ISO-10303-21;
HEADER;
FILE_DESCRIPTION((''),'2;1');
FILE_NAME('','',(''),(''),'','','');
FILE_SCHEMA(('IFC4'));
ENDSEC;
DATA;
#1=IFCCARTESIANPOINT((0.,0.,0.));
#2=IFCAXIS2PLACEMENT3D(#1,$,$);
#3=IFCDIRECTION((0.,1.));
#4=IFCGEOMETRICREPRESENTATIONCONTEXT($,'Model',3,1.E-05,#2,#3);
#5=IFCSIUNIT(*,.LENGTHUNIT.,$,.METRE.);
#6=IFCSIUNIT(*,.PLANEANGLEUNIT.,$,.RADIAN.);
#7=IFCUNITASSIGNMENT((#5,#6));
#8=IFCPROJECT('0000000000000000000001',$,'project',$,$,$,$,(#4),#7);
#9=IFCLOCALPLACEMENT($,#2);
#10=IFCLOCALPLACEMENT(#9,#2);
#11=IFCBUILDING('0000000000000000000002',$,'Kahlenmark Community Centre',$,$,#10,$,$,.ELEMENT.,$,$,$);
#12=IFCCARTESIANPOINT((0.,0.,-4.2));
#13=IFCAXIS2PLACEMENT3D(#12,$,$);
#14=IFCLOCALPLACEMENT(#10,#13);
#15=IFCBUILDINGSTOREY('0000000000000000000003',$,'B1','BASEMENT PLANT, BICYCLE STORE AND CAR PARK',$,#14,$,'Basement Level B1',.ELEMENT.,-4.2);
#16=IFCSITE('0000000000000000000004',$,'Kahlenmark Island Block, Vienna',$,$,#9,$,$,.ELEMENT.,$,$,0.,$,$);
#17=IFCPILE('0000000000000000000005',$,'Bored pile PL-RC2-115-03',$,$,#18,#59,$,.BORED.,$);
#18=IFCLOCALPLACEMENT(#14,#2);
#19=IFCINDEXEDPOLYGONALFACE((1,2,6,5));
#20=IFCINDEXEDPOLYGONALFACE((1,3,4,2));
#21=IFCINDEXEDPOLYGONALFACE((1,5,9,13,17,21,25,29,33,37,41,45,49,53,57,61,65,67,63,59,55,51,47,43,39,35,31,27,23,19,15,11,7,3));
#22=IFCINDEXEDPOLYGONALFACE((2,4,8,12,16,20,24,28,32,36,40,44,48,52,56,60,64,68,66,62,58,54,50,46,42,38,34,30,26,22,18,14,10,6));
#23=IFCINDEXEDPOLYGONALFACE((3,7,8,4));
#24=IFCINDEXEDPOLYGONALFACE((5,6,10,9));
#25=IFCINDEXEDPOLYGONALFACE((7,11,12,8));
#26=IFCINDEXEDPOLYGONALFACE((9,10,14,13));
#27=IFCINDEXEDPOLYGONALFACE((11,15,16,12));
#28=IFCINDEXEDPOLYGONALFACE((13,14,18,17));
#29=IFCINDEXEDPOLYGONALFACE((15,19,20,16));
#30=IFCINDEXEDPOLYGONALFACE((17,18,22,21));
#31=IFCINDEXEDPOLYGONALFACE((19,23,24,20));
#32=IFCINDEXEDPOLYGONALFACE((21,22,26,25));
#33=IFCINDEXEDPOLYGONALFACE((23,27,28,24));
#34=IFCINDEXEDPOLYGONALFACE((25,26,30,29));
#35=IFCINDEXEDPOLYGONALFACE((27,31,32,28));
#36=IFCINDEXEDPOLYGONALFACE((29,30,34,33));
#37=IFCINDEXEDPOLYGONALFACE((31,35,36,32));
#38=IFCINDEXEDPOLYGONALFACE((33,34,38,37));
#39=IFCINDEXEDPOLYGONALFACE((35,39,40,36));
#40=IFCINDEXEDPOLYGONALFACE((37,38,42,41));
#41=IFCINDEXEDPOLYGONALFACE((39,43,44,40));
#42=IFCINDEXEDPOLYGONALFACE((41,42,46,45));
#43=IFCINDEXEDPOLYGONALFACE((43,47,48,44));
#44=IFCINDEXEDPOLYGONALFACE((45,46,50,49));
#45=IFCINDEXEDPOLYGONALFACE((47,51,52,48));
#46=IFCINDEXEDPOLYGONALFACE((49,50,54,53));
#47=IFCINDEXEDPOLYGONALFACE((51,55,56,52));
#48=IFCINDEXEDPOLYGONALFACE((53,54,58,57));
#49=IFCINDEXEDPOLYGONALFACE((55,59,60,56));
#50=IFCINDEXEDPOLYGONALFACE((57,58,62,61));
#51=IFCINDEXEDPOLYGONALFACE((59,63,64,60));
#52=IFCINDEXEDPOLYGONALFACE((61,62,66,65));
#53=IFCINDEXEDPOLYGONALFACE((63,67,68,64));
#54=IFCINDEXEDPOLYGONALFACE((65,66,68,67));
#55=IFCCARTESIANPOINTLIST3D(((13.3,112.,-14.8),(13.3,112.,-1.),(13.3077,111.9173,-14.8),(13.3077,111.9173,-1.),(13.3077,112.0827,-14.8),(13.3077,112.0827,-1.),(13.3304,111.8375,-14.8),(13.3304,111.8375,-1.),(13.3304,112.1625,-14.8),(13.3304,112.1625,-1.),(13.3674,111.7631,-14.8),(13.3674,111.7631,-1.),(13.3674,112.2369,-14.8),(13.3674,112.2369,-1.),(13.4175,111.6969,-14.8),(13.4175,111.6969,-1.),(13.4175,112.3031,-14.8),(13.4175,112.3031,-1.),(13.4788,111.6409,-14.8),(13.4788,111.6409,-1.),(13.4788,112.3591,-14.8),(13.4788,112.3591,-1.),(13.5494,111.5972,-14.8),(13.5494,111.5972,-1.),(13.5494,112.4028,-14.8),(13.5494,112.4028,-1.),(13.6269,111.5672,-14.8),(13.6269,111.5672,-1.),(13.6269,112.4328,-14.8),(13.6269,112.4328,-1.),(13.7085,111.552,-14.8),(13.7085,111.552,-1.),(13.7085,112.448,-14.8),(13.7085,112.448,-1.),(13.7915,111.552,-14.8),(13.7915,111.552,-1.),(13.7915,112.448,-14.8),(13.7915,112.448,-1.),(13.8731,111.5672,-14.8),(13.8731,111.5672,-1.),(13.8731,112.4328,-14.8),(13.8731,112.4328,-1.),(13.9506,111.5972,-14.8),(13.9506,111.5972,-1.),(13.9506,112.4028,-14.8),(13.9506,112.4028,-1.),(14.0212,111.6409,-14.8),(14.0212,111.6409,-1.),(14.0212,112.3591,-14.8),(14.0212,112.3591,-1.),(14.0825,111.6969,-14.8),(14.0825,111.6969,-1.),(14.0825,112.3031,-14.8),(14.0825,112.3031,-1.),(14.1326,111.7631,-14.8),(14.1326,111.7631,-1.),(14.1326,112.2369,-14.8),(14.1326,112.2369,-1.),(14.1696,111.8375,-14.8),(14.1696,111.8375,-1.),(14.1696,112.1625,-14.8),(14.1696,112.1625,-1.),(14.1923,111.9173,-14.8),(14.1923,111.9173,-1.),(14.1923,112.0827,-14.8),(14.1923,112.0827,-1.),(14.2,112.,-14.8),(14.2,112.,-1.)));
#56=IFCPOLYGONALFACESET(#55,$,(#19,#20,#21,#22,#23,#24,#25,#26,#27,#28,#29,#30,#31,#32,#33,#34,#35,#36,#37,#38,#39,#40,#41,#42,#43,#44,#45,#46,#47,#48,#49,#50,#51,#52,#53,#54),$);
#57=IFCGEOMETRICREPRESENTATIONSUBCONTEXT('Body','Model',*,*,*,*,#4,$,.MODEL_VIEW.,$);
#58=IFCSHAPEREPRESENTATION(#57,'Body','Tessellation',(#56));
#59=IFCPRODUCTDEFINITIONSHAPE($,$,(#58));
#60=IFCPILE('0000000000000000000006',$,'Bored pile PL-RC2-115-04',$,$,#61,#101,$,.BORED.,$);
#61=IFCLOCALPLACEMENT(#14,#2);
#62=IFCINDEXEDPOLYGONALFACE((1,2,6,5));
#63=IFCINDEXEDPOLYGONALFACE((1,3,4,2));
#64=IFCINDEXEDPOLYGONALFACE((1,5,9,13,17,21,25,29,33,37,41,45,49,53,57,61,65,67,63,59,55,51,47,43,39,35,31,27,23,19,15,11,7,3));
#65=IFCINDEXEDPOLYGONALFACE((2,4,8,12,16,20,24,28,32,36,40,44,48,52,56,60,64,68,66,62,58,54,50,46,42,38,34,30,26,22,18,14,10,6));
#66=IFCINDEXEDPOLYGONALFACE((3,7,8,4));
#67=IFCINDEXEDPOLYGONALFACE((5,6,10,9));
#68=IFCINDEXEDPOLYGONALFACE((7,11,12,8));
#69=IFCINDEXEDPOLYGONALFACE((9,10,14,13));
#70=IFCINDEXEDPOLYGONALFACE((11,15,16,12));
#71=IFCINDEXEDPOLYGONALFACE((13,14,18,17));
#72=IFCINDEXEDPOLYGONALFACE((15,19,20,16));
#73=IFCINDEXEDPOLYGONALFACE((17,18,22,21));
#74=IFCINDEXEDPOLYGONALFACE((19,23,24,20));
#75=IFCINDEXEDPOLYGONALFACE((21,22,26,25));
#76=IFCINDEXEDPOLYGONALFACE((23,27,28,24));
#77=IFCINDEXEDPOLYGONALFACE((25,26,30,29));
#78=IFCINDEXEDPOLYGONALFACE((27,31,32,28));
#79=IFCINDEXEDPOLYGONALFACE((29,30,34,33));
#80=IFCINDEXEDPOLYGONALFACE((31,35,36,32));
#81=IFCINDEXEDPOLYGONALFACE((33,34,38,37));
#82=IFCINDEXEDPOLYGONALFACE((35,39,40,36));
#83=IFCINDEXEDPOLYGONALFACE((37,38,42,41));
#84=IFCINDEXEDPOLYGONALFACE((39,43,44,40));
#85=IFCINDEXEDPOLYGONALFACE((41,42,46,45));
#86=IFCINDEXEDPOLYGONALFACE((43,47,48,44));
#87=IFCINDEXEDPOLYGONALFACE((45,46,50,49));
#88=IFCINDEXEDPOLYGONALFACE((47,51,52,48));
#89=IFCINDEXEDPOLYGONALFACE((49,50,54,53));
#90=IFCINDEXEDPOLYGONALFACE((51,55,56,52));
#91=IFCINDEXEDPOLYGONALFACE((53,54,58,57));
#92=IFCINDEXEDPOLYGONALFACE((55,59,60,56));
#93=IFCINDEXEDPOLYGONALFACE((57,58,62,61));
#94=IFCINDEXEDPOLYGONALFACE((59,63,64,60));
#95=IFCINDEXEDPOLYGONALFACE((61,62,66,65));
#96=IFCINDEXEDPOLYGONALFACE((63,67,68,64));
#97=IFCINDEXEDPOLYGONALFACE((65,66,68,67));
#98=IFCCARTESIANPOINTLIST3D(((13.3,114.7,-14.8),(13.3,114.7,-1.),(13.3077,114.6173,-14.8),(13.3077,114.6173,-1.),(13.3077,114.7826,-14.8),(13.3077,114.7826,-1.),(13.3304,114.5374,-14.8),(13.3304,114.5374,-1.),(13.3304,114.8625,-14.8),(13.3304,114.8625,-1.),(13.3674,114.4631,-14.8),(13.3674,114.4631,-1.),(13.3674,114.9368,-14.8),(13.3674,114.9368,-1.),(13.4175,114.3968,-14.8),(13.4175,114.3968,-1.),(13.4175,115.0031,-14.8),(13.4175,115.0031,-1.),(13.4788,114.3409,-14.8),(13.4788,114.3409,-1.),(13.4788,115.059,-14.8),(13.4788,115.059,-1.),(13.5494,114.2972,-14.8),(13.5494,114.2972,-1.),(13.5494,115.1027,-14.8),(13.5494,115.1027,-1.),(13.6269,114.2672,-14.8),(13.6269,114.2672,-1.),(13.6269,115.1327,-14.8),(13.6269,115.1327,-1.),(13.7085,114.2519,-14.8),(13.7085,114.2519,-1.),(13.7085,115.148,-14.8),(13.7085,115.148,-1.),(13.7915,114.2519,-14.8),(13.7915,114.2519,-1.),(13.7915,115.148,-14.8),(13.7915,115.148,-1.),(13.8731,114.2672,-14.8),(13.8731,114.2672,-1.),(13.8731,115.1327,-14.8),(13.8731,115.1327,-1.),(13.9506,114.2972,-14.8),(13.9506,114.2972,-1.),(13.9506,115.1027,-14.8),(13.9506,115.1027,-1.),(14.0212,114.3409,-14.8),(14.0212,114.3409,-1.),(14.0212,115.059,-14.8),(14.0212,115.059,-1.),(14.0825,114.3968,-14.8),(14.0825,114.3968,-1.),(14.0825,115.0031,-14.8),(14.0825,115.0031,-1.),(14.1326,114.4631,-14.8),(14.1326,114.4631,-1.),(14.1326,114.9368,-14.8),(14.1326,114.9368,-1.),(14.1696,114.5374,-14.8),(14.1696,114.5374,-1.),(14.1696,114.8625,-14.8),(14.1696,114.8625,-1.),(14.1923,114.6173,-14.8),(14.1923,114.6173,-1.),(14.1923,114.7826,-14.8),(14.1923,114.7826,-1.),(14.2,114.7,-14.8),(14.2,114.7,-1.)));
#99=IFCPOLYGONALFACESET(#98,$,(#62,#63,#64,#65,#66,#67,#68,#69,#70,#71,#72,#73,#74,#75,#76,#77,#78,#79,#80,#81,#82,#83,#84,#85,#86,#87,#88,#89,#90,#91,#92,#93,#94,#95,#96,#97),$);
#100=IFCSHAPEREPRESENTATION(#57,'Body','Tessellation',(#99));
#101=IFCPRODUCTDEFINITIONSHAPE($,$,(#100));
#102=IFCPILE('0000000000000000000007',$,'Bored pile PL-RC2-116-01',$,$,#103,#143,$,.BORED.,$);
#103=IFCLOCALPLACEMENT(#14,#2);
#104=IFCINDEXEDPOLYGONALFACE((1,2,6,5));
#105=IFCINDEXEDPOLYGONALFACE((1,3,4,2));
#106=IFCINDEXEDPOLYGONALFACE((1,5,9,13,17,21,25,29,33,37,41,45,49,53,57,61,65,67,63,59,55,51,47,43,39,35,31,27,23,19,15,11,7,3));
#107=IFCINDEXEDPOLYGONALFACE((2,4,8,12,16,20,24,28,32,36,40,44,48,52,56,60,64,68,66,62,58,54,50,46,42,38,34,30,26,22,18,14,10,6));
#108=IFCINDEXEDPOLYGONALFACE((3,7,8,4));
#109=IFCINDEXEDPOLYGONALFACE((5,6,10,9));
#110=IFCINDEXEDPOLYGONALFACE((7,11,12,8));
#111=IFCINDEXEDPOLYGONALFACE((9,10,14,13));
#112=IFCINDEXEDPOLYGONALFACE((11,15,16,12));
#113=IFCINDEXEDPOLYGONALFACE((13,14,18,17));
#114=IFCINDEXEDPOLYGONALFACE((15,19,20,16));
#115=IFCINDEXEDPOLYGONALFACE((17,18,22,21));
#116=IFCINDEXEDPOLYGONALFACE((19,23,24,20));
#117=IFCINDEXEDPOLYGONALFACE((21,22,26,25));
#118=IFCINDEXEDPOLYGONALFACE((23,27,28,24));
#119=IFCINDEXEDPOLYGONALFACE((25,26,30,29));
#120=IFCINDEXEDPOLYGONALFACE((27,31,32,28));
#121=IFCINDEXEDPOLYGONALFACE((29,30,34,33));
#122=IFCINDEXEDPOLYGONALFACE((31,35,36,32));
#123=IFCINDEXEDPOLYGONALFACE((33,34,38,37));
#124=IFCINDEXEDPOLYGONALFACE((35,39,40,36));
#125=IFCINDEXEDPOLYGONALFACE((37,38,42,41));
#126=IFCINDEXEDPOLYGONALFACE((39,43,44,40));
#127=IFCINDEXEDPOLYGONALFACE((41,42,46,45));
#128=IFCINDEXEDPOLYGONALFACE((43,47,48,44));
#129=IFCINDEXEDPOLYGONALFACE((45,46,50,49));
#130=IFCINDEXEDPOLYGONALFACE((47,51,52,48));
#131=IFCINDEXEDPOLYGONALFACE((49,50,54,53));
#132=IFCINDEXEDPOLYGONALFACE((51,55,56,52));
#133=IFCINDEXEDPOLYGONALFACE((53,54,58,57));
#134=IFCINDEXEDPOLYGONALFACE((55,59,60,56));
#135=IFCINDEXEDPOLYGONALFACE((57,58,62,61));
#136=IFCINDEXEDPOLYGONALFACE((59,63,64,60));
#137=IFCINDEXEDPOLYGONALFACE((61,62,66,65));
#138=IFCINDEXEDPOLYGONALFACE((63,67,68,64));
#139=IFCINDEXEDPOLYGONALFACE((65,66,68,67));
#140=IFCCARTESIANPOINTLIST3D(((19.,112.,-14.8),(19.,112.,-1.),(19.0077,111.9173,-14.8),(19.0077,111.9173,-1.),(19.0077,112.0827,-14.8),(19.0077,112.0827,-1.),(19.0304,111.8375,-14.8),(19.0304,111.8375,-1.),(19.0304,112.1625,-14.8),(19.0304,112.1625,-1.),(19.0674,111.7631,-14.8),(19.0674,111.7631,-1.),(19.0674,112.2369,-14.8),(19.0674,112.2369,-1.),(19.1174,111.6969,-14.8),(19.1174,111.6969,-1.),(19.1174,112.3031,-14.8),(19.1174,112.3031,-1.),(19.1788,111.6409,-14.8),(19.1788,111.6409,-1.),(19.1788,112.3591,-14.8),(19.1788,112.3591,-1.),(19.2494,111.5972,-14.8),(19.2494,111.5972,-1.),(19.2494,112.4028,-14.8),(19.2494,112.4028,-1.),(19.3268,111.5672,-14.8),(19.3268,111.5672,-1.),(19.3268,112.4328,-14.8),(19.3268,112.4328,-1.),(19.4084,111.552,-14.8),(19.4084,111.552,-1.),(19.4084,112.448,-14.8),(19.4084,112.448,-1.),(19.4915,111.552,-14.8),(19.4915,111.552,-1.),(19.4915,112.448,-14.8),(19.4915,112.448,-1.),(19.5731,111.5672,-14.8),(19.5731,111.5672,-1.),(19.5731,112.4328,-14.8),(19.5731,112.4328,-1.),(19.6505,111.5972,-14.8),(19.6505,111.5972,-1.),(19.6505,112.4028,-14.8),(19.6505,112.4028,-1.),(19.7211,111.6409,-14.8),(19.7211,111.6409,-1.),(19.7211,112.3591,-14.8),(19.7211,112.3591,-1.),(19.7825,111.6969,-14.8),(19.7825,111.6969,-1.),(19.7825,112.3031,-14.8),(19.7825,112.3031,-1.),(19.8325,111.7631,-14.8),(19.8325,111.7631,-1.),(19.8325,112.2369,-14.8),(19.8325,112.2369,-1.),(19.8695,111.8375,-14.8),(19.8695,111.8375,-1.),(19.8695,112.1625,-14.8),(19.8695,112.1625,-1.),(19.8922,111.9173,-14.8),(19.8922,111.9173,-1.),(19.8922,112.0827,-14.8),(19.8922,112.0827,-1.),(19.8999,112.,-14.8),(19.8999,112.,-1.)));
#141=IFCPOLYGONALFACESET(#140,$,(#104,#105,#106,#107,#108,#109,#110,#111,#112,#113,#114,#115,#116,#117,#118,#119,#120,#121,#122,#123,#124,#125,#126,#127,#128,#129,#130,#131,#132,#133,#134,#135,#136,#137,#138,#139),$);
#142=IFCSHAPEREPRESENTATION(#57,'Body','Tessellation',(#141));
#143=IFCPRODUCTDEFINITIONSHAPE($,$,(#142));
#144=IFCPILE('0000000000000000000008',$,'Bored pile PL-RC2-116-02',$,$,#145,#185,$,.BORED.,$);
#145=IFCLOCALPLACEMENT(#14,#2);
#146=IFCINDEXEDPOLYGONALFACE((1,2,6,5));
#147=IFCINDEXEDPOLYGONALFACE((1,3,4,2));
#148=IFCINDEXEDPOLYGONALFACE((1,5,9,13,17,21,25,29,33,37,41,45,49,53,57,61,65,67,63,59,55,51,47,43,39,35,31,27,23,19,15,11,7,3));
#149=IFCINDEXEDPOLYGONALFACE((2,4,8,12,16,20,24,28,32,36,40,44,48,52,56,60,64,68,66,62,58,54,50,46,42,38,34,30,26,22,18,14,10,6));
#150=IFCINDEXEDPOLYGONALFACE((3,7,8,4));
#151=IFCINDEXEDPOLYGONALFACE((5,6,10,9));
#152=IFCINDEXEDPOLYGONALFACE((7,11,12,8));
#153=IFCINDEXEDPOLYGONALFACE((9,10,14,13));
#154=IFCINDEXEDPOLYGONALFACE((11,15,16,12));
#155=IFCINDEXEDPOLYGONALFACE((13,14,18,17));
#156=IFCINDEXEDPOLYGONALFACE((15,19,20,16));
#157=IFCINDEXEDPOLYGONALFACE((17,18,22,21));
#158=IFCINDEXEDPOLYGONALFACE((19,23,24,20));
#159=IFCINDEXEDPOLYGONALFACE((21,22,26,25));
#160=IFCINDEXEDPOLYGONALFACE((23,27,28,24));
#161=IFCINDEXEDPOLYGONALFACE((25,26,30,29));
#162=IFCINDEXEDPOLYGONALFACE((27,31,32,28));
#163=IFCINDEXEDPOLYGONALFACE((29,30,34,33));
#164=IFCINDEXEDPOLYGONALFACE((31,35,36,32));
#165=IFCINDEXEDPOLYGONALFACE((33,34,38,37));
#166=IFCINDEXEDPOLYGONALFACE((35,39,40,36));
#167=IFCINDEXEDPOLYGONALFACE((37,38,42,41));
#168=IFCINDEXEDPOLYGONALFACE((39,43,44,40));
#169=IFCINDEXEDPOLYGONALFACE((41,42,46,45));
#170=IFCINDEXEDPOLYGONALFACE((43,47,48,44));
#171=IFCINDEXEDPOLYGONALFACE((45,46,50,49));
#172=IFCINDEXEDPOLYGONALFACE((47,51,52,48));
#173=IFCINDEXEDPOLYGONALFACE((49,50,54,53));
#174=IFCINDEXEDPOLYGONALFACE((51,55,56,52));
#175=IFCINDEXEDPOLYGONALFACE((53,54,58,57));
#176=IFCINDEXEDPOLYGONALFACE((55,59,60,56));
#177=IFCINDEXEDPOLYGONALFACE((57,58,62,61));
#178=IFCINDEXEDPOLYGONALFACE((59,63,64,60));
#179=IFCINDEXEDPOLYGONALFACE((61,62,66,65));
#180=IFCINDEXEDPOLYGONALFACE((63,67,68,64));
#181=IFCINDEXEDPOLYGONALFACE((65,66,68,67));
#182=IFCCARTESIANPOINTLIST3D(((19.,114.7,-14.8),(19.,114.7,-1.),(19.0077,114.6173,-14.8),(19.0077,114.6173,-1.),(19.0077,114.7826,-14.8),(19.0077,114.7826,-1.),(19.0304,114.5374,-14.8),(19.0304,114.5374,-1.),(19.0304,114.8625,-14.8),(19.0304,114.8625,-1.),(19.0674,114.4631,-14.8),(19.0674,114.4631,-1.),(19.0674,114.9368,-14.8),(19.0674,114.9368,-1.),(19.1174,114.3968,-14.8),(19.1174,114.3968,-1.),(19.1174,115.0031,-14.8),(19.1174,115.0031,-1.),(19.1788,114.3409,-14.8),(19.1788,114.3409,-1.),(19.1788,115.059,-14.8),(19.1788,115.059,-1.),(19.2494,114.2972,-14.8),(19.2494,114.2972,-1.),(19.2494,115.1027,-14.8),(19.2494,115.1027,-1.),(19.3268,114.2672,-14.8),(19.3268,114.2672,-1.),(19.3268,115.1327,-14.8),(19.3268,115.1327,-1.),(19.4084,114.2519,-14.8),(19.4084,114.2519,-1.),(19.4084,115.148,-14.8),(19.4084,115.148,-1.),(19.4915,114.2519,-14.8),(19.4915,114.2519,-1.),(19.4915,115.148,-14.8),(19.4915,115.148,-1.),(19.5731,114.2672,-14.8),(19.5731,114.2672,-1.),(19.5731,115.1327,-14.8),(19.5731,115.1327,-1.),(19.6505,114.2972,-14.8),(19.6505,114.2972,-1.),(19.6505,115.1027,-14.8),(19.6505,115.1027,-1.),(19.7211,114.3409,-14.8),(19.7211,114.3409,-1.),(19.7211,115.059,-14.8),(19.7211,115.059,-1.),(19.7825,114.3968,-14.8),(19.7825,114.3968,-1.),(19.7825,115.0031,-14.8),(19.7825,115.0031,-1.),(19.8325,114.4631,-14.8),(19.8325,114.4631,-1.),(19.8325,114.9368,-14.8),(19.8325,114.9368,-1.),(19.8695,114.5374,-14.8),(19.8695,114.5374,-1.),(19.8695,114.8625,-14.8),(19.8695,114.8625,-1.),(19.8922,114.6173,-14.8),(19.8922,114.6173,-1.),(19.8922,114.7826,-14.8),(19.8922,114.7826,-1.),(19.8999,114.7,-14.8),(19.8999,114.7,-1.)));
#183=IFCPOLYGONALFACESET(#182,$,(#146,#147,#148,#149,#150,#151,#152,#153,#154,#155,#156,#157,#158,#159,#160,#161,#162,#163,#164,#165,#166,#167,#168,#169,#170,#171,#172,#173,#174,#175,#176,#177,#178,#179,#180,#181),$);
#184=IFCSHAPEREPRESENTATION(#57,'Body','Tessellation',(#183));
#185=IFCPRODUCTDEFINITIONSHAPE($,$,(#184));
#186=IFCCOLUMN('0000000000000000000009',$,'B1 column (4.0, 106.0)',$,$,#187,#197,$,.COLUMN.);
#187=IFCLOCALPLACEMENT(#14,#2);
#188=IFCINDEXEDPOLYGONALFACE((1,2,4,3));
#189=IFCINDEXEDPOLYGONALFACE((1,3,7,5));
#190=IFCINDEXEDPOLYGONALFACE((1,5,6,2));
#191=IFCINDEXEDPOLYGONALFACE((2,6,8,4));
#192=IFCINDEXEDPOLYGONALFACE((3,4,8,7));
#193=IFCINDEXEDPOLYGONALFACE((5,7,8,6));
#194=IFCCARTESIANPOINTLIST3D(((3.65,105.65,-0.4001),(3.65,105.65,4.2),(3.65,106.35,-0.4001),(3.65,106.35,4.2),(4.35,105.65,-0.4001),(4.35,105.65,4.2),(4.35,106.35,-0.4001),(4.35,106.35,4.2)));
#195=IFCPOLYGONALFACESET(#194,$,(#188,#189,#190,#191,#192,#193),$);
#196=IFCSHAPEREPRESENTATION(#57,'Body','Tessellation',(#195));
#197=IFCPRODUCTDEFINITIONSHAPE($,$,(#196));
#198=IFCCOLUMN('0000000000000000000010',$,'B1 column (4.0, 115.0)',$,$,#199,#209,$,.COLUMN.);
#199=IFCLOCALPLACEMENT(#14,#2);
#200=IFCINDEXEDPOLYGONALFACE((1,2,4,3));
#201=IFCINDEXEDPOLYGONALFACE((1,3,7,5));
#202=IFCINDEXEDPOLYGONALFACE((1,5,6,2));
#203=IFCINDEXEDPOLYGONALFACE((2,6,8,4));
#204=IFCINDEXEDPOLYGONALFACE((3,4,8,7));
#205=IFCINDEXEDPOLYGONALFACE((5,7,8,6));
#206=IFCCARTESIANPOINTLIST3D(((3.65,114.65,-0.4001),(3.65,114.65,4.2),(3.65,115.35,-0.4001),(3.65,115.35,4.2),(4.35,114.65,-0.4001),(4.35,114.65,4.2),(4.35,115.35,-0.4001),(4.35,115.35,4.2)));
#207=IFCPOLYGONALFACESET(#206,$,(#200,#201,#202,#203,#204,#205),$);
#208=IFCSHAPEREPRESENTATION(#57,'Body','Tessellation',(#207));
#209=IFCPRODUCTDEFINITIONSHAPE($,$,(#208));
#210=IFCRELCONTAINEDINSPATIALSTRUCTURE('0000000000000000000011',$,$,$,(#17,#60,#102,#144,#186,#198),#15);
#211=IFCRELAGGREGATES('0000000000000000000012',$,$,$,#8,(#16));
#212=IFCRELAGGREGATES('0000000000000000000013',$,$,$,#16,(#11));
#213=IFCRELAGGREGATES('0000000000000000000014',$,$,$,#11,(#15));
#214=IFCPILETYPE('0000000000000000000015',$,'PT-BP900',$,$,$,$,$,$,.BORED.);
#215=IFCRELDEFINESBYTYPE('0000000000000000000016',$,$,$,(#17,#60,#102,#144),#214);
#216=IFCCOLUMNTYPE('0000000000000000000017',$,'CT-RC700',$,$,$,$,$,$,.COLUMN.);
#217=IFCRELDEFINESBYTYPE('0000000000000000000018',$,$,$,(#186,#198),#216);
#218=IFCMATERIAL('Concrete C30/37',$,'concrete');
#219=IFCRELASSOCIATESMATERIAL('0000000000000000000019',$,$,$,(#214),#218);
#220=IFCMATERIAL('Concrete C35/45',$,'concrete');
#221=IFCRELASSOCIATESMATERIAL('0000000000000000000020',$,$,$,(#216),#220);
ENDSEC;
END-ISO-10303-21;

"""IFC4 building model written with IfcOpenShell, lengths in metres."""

from ifc_helpers import new_model, si_unit, direction, frame, origin, origin_2d, place, context, subcontext, project, spatial, rectangle, circle, extrude, material, material_profile, profile_set, type_object, element, save


model = new_model("IFC4")

# Units and contexts
model_context = context("Model", 3, precision=1e-05, world=origin(), true_north=direction((0.0, 1.0)))
body_context = subcontext(model_context, "Body", "Model", "MODEL_VIEW")
ifc_project = project(units=[si_unit("LENGTHUNIT", "METRE"), si_unit("PLANEANGLEUNIT", "RADIAN")], contexts=[model_context])

# Site, building, storey
site_placement = place(None, origin())
site = spatial("IfcSite", under=ifc_project, at=site_placement, Name="Kahlenmark Island Block, Vienna", CompositionType="ELEMENT", RefElevation=0.0)
building_placement = place(site_placement, origin())
building = spatial("IfcBuilding", under=site, at=building_placement, Name="Kahlenmark Community Centre", CompositionType="ELEMENT")
storey_placement = place(building_placement, frame((0.0, 0.0, -4.2)))
storey = spatial("IfcBuildingStorey", under=building, at=storey_placement, Name="B1", Description="BASEMENT PLANT, BICYCLE STORE AND CAR PARK", LongName="Basement Level B1", CompositionType="ELEMENT", Elevation=-4.2)

# Shared definitions
ifc_material_1 = material(Name="Concrete C30/37", Category="concrete")

# Piles
ifc_material_profile_1 = material_profile(ifc_material_1, circle(Radius=0.45, at=origin_2d()), Name="BORED PILE 900")
ifc_profile_set_1 = profile_set([ifc_material_profile_1], Name="Concrete C30/37")
pile_type_1 = type_object("IfcPileType", Name="PT-BP900", PredefinedType="BORED", material=ifc_profile_set_1)
for number, where, z_axis, x_axis, name in (
    (1, (13.75, 112.0, -1.0), (0.0, 0.0, -1.0), (1.0, 0.0, 0.0), "Bored pile PL-RC2-115-03"),
    (2, (13.75, 114.7, -1.0), (0.0, 0.0, -1.0), (1.0, 0.0, 0.0), "Bored pile PL-RC2-115-04"),
    (3, (19.45, 112.0, -1.0), (0.0, 0.0, -1.0), (1.0, 0.0, 0.0), "Bored pile PL-RC2-116-01"),
    (4, (19.45, 114.7, -1.0), (0.0, 0.0, -1.0), (1.0, 0.0, 0.0), "Bored pile PL-RC2-116-02"),
):
    element("IfcPile", number, at=place(storey_placement, frame(where, z_axis=z_axis, x_axis=x_axis)), inside=storey, type_object=pile_type_1, Name=name, PredefinedType="BORED", context=body_context, shape_type="SweptSolid", body=[
        extrude(circle(Radius=0.45, at=origin_2d()), origin(), (0.0, 0.0, 1.0), 13.8),
    ])

# Columns
ifc_material_2 = material(Name="Concrete C35/45", Category="concrete")
ifc_material_profile_2 = material_profile(ifc_material_2, rectangle(XDim=0.7, YDim=0.7, at=origin_2d()), Name="RC 700x700")
ifc_profile_set_2 = profile_set([ifc_material_profile_2], Name="Concrete C35/45")
column_type = type_object("IfcColumnType", Name="CT-RC700", PredefinedType="COLUMN", material=ifc_profile_set_2)
for number, where, z_axis, x_axis, name in (
    (5, (4.0, 106.0, -0.4001), (0.0, 0.0, 1.0), (1.0, 0.0, 0.0), "B1 column (4.0, 106.0)"),
    (6, (4.0, 115.0, -0.4001), (0.0, 0.0, 1.0), (1.0, 0.0, 0.0), "B1 column (4.0, 115.0)"),
):
    element("IfcColumn", number, at=place(storey_placement, frame(where, z_axis=z_axis, x_axis=x_axis)), inside=storey, type_object=column_type, Name=name, PredefinedType="COLUMN", context=body_context, shape_type="SweptSolid", body=[
        extrude(rectangle(XDim=0.7, YDim=0.7, at=origin_2d()), origin(), (0.0, 0.0, 1.0), 4.6001),
    ])

save(model, "model.ifc")
